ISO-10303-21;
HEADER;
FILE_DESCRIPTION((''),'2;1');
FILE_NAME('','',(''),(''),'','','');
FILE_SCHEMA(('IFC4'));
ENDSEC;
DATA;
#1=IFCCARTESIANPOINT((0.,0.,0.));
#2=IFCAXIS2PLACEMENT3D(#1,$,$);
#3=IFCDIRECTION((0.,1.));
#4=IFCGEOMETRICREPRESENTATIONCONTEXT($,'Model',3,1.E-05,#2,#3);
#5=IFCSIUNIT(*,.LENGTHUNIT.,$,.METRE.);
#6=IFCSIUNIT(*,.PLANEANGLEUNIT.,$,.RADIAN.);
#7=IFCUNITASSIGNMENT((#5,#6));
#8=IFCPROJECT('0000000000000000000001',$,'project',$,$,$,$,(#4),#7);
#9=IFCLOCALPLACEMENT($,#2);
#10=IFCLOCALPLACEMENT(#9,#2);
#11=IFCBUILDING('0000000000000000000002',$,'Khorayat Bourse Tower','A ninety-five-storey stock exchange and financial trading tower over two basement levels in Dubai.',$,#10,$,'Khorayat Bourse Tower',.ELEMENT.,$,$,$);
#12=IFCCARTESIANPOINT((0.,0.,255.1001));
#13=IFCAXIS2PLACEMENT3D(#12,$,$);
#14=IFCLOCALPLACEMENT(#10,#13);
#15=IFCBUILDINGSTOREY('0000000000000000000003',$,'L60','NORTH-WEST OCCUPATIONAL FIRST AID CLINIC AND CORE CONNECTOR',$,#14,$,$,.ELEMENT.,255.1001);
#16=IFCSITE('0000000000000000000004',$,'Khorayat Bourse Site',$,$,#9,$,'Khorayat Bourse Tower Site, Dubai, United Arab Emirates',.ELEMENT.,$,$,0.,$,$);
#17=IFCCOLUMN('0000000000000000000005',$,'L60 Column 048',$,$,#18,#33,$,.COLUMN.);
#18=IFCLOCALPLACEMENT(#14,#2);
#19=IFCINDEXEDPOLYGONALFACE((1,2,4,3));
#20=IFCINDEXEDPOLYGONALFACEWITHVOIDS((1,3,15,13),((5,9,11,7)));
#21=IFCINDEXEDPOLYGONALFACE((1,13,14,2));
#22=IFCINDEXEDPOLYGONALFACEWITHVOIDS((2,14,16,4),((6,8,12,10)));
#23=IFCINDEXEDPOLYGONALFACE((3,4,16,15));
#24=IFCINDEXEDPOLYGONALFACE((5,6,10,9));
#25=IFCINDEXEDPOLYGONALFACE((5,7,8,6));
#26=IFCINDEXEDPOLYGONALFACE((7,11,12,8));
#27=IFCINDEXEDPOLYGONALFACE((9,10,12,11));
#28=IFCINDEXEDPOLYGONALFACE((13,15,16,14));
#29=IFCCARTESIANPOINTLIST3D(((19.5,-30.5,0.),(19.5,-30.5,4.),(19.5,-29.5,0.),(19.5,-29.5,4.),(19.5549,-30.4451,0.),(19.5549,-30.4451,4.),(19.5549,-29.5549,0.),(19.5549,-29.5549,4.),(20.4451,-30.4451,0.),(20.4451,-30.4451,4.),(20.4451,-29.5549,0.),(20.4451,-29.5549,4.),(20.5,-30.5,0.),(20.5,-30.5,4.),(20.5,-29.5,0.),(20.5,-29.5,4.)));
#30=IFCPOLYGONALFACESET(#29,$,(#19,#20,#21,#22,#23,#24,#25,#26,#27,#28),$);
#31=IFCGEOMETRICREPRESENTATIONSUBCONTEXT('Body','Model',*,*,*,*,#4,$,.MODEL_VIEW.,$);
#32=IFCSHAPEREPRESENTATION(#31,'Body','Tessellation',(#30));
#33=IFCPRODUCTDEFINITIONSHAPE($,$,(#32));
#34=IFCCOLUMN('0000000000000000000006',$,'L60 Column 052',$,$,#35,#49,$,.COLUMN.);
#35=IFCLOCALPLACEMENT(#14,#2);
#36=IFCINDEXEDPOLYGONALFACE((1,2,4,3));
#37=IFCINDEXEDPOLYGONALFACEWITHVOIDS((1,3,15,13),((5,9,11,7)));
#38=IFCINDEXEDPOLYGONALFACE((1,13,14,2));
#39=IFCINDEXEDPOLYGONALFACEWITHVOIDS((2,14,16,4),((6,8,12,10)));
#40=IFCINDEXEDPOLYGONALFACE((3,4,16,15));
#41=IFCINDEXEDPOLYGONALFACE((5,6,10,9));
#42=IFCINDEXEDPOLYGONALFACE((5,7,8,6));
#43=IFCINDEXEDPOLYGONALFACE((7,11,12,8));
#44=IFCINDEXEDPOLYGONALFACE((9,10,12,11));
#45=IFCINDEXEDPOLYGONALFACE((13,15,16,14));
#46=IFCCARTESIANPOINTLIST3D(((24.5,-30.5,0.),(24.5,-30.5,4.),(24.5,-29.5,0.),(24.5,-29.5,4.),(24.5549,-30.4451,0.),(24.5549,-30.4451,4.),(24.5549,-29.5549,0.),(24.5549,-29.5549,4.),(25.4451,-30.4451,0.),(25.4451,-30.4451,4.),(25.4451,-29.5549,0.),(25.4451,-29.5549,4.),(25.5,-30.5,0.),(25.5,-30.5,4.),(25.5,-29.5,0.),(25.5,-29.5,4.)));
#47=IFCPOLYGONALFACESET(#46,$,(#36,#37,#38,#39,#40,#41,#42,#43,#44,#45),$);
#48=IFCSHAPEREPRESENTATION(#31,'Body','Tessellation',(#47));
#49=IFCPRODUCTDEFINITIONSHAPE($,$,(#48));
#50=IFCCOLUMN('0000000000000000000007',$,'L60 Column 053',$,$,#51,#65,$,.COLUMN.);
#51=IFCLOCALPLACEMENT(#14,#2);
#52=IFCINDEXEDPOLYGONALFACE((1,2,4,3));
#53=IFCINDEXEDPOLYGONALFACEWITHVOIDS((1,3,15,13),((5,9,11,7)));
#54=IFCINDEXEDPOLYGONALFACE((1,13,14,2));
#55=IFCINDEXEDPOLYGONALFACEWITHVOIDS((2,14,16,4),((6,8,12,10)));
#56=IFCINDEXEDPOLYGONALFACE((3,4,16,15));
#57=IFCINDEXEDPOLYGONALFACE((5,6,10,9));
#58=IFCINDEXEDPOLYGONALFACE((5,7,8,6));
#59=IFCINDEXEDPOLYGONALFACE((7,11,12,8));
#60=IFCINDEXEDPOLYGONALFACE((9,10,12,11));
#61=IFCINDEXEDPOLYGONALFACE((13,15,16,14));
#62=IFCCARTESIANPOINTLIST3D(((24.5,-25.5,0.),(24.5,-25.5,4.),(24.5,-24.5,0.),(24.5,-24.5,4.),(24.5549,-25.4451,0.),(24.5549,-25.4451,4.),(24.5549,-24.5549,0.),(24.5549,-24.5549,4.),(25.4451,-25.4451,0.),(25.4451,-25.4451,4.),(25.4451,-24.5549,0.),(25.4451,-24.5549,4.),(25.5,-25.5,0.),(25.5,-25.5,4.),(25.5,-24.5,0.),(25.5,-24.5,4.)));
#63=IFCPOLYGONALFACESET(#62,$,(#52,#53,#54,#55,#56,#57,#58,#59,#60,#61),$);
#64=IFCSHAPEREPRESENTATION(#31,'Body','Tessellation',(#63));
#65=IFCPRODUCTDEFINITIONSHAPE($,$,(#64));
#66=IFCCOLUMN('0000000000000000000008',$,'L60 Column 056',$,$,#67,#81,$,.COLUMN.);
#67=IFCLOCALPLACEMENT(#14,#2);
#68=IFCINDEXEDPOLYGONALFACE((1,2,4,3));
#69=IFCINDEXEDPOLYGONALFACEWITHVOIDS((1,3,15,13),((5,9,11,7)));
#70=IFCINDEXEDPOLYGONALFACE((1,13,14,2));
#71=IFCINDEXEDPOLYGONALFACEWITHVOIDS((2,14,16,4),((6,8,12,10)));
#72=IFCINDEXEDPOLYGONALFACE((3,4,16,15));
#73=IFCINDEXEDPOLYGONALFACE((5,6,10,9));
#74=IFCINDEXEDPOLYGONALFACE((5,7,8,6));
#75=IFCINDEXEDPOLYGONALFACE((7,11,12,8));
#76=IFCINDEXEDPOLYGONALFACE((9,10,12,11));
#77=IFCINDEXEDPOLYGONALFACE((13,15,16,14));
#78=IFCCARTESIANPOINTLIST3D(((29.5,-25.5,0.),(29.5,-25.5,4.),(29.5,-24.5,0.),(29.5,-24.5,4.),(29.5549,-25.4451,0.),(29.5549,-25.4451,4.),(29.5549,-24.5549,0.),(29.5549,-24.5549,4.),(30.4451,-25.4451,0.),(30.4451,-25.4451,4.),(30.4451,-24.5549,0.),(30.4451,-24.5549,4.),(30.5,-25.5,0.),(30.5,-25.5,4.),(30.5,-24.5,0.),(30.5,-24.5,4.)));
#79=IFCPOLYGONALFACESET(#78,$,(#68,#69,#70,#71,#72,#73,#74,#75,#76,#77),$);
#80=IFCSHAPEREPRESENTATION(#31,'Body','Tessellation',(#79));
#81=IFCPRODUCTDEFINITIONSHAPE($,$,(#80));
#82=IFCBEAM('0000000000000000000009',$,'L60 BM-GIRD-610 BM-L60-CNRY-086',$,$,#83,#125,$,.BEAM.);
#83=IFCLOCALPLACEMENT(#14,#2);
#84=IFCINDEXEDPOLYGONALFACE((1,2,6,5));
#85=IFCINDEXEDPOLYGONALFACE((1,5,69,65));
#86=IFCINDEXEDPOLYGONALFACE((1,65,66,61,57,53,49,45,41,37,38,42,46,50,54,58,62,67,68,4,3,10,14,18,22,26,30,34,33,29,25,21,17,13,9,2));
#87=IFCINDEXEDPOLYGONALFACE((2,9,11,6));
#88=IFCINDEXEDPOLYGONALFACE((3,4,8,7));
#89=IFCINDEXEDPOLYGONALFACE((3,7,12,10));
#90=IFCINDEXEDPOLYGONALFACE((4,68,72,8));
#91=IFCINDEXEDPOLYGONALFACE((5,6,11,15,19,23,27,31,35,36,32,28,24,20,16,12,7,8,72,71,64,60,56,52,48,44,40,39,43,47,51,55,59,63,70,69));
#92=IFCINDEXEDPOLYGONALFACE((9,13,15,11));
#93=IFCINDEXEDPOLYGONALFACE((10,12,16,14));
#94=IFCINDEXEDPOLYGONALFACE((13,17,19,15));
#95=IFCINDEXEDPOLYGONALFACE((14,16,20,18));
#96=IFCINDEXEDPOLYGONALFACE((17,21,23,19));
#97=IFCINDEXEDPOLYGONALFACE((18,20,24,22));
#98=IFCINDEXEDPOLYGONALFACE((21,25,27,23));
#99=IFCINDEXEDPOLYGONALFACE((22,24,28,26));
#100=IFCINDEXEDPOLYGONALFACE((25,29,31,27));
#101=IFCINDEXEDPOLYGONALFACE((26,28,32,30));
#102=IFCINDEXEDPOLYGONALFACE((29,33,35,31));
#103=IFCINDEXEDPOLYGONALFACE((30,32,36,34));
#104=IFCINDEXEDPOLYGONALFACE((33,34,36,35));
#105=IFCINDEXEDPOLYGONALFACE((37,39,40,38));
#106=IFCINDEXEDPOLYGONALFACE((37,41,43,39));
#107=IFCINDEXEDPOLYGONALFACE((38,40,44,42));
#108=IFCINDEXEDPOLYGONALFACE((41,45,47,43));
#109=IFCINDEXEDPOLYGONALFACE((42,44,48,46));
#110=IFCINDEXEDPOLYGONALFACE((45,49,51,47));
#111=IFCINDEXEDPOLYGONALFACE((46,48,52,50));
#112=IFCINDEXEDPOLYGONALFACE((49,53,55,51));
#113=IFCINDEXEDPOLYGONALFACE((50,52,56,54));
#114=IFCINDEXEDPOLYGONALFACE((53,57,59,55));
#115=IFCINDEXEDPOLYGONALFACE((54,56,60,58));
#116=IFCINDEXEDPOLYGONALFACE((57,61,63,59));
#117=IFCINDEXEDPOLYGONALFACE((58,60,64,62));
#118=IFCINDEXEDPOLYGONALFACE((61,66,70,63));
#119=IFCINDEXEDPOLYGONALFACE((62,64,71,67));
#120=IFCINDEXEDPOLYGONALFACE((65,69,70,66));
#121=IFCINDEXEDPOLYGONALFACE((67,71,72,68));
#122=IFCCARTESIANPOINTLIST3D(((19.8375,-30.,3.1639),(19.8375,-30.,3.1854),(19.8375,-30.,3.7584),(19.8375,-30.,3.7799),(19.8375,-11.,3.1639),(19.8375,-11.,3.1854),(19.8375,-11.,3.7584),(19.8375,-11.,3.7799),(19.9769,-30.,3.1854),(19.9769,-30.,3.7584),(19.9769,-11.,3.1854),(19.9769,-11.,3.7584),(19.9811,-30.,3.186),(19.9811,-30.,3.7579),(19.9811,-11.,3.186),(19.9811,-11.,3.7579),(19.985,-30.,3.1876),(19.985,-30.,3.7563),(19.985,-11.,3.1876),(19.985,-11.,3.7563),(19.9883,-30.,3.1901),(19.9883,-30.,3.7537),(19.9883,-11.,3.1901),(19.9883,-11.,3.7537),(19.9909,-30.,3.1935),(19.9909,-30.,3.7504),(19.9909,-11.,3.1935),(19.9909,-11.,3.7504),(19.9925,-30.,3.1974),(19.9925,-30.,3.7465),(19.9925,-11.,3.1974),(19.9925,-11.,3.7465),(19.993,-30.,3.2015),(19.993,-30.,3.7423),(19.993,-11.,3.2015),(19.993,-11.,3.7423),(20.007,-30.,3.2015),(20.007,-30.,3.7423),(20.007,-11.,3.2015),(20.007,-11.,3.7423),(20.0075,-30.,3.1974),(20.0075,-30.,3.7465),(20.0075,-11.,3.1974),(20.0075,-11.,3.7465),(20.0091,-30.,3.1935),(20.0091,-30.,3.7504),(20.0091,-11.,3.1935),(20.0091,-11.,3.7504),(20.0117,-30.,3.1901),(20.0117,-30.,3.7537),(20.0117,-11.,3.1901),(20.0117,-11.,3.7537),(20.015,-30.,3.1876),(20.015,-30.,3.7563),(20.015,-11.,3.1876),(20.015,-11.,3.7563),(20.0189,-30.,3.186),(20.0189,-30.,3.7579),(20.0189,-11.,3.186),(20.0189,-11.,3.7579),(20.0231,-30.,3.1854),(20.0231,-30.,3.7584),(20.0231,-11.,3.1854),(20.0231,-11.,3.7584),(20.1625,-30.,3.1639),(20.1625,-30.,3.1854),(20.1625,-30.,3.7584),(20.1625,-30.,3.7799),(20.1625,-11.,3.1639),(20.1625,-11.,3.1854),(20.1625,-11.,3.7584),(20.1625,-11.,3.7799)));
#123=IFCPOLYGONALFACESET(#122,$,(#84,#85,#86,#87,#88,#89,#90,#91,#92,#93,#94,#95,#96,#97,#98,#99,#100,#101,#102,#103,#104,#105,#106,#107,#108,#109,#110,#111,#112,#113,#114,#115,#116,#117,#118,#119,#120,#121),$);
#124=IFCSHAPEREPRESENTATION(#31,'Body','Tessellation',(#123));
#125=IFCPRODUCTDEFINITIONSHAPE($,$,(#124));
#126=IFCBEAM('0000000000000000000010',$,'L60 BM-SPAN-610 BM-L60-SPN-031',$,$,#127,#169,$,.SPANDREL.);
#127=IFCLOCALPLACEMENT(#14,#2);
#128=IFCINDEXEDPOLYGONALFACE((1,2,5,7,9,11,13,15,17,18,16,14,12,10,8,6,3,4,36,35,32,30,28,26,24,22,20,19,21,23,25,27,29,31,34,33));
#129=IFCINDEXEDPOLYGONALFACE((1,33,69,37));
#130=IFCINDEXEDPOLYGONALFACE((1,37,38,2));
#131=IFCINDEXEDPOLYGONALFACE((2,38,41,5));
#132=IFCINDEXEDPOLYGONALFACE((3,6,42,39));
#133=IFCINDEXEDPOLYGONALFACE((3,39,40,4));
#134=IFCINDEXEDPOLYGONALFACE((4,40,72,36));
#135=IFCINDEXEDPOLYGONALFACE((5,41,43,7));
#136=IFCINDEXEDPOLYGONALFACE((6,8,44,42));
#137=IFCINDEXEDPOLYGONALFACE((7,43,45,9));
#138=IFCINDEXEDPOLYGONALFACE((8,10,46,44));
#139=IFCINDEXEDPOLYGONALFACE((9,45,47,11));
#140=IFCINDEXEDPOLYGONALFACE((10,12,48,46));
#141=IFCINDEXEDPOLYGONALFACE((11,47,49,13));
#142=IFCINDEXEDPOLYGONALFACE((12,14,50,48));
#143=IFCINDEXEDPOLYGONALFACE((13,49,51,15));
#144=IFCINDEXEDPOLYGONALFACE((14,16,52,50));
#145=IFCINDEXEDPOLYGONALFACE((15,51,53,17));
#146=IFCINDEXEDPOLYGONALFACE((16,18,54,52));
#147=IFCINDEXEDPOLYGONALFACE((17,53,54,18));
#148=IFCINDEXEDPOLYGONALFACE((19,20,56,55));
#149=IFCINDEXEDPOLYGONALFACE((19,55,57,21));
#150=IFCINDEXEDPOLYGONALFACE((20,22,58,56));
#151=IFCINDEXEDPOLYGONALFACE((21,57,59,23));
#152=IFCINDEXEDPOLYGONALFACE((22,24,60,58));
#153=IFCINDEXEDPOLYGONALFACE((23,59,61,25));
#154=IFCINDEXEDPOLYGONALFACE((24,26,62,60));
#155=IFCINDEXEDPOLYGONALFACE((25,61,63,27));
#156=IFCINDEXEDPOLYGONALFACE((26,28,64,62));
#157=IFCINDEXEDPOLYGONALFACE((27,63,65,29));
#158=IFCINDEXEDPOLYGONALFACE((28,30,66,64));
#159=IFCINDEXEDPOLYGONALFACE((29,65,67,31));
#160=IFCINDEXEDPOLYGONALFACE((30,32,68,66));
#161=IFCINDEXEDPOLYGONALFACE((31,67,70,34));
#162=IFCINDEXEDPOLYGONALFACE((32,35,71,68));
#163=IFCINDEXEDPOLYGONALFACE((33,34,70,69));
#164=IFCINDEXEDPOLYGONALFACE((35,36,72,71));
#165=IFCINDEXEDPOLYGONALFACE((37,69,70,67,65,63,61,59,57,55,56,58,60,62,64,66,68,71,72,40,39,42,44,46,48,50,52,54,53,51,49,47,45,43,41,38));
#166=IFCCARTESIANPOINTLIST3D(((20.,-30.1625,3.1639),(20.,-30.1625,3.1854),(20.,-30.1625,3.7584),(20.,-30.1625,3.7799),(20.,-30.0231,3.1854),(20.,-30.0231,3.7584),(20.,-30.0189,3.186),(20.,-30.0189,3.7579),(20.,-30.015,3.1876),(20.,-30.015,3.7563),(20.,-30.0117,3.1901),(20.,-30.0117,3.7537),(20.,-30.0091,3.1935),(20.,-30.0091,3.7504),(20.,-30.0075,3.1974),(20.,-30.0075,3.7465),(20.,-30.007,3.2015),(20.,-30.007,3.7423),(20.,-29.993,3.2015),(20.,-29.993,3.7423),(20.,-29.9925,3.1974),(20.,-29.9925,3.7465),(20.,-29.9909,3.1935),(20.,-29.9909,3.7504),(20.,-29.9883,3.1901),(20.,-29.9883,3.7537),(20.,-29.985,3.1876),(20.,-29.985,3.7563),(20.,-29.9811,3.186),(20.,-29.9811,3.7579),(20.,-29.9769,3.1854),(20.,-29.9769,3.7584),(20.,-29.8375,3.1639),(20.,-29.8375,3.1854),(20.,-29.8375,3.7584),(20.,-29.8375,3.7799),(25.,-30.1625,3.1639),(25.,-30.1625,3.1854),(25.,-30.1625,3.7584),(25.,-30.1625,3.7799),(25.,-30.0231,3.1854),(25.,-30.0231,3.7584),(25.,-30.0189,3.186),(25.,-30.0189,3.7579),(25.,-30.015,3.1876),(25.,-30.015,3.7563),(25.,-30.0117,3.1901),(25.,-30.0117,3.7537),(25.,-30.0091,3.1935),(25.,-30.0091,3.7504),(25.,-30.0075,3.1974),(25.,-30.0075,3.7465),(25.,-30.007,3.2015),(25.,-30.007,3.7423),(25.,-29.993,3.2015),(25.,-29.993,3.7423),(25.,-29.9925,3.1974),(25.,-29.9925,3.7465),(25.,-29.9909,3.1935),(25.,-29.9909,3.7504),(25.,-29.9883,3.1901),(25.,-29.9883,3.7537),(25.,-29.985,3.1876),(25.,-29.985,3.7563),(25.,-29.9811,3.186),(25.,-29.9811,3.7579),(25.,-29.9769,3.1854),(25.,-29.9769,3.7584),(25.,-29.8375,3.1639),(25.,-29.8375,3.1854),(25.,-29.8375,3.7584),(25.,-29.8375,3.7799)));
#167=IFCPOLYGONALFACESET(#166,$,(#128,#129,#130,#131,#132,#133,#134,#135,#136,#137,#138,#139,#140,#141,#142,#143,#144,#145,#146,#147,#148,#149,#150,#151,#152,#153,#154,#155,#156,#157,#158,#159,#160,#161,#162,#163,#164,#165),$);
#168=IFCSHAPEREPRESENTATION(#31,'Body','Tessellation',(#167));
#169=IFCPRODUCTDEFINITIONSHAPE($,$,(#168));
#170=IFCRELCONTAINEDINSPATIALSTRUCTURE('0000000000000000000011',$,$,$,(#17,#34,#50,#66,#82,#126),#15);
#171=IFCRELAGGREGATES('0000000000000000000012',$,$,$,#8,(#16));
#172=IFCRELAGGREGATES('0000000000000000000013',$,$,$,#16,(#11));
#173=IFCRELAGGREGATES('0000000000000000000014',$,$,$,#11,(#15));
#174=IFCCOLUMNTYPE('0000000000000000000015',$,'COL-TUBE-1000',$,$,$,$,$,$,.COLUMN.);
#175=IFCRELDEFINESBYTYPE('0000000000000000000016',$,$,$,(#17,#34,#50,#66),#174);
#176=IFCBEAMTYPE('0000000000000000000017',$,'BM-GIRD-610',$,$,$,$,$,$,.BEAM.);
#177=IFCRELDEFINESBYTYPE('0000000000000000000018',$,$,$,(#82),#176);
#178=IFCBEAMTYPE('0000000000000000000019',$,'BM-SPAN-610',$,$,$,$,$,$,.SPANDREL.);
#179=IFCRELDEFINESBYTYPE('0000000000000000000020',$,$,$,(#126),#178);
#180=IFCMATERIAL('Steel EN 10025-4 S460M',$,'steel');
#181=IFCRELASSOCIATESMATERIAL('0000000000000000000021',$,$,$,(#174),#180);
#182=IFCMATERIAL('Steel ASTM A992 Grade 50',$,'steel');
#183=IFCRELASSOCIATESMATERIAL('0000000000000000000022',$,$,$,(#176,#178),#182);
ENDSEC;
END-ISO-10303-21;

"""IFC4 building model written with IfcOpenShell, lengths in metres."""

from ifc_helpers import new_model, si_unit, direction, frame, origin, origin_2d, place, context, subcontext, project, spatial, hollow_rectangle, i_section, extrude, source, transform, mapped, material, material_profile, profile_set, type_object, element, save


model = new_model("IFC4")

# Units and contexts
model_context = context("Model", 3, precision=1e-05, world=origin(), true_north=direction((0.0, 1.0)))
body_context = subcontext(model_context, "Body", "Model", "MODEL_VIEW")
ifc_project = project(units=[si_unit("LENGTHUNIT", "METRE"), si_unit("PLANEANGLEUNIT", "RADIAN")], contexts=[model_context])

# Site, building, storey
site_placement = place(None, origin())
site = spatial("IfcSite", under=ifc_project, at=site_placement, Name="Khorayat Bourse Site", LongName="Khorayat Bourse Tower Site, Dubai, United Arab Emirates", CompositionType="ELEMENT", RefElevation=0.0)
building_placement = place(site_placement, origin())
building = spatial("IfcBuilding", under=site, at=building_placement, Name="Khorayat Bourse Tower", Description="A ninety-five-storey stock exchange and financial trading tower over two basement levels in Dubai.", LongName="Khorayat Bourse Tower", CompositionType="ELEMENT")
storey_placement = place(building_placement, frame((0.0, 0.0, 255.1001)))
storey = spatial("IfcBuildingStorey", under=building, at=storey_placement, Name="L60", Description="NORTH-WEST OCCUPATIONAL FIRST AID CLINIC AND CORE CONNECTOR", CompositionType="ELEMENT", Elevation=255.1001)

# Columns
ifc_material_1 = material(Name="Steel EN 10025-4 S460M", Category="steel")
ifc_material_profile_1 = material_profile(ifc_material_1, hollow_rectangle(XDim=1.0, YDim=1.0, WallThickness=0.0549, at=origin_2d()), Name="BOX 1000x1000x55")
ifc_profile_set_1 = profile_set([ifc_material_profile_1], Name="Steel EN 10025-4 S460M")
column_type = type_object("IfcColumnType", Name="COL-TUBE-1000", PredefinedType="COLUMN", material=ifc_profile_set_1)
shared_shape_1 = source(origin(), body_context, "Body", "SweptSolid", [
    extrude(hollow_rectangle(XDim=1.0, YDim=1.0, WallThickness=0.0549, at=origin_2d()), origin(), (0.0, 0.0, 1.0), 4.0),
])
for number, where, z_axis, x_axis, name in (
    (1, (20.0, -30.0, 0.0), (0.0, 0.0, 1.0), (1.0, 0.0, 0.0), "L60 Column 048"),
    (2, (25.0, -30.0, 0.0), (0.0, 0.0, 1.0), (1.0, 0.0, 0.0), "L60 Column 052"),
    (3, (25.0, -25.0, 0.0), (0.0, 0.0, 1.0), (1.0, 0.0, 0.0), "L60 Column 053"),
    (4, (30.0, -25.0, 0.0), (0.0, 0.0, 1.0), (1.0, 0.0, 0.0), "L60 Column 056"),
):
    element("IfcColumn", number, at=place(storey_placement, frame(where, z_axis=z_axis, x_axis=x_axis)), inside=storey, type_object=column_type, Name=name, PredefinedType="COLUMN", context=body_context, shape_type="MappedRepresentation", body=[
        mapped(shared_shape_1, transform((0.0, 0.0, 0.0), scale=1.0)),
    ])

# Beams
ifc_material_2 = material(Name="Steel ASTM A992 Grade 50", Category="steel")
ifc_material_profile_2 = material_profile(ifc_material_2, i_section(OverallWidth=0.325, OverallDepth=0.616, WebThickness=0.0139, FlangeThickness=0.0215, FilletRadius=0.0161, at=origin_2d()), Name="W610X174")
ifc_profile_set_2 = profile_set([ifc_material_profile_2], Name="Steel ASTM A992 Grade 50")
beam_type_1 = type_object("IfcBeamType", Name="BM-GIRD-610", PredefinedType="BEAM", material=ifc_profile_set_2)
shared_shape_2 = source(origin(), body_context, "Body", "SweptSolid", [
    extrude(i_section(OverallWidth=0.325, OverallDepth=0.616, WebThickness=0.0139, FlangeThickness=0.0215, FilletRadius=0.0161, at=origin_2d()), origin(), (0.0, 0.0, 1.0), 19.0),
])
beam_1_placement = place(storey_placement, frame((20.0, -30.0, 3.4719), z_axis=(0.0, 1.0, 0.0), x_axis=(-1.0, 0.0, 0.0)))
element("IfcBeam", 5, at=beam_1_placement, inside=storey, type_object=beam_type_1, Name="L60 BM-GIRD-610 BM-L60-CNRY-086", PredefinedType="BEAM", context=body_context, shape_type="MappedRepresentation", body=[
    mapped(shared_shape_2, transform((0.0, 0.0, 0.0), scale=1.0)),
])
ifc_material_profile_3 = material_profile(ifc_material_2, i_section(OverallWidth=0.325, OverallDepth=0.616, WebThickness=0.0139, FlangeThickness=0.0215, FilletRadius=0.0161, at=origin_2d()), Name="W610X174")
ifc_profile_set_3 = profile_set([ifc_material_profile_3], Name="Steel ASTM A992 Grade 50")
beam_type_2 = type_object("IfcBeamType", Name="BM-SPAN-610", PredefinedType="SPANDREL", material=ifc_profile_set_3)
shared_shape_3 = source(origin(), body_context, "Body", "SweptSolid", [
    extrude(i_section(OverallWidth=0.325, OverallDepth=0.616, WebThickness=0.0139, FlangeThickness=0.0215, FilletRadius=0.0161, at=origin_2d()), origin(), (0.0, 0.0, 1.0), 5.0),
])
for number, where, z_axis, x_axis, name in (
    (6, (20.0, -30.0, 3.4719), (1.0, 0.0, 0.0), (0.0, 1.0, 0.0), "L60 BM-SPAN-610 BM-L60-SPN-031"),
):
    element("IfcBeam", number, at=place(storey_placement, frame(where, z_axis=z_axis, x_axis=x_axis)), inside=storey, type_object=beam_type_2, Name=name, PredefinedType="SPANDREL", context=body_context, shape_type="MappedRepresentation", body=[
        mapped(shared_shape_3, transform((0.0, 0.0, 0.0), scale=1.0)),
    ])

save(model, "model.ifc")
